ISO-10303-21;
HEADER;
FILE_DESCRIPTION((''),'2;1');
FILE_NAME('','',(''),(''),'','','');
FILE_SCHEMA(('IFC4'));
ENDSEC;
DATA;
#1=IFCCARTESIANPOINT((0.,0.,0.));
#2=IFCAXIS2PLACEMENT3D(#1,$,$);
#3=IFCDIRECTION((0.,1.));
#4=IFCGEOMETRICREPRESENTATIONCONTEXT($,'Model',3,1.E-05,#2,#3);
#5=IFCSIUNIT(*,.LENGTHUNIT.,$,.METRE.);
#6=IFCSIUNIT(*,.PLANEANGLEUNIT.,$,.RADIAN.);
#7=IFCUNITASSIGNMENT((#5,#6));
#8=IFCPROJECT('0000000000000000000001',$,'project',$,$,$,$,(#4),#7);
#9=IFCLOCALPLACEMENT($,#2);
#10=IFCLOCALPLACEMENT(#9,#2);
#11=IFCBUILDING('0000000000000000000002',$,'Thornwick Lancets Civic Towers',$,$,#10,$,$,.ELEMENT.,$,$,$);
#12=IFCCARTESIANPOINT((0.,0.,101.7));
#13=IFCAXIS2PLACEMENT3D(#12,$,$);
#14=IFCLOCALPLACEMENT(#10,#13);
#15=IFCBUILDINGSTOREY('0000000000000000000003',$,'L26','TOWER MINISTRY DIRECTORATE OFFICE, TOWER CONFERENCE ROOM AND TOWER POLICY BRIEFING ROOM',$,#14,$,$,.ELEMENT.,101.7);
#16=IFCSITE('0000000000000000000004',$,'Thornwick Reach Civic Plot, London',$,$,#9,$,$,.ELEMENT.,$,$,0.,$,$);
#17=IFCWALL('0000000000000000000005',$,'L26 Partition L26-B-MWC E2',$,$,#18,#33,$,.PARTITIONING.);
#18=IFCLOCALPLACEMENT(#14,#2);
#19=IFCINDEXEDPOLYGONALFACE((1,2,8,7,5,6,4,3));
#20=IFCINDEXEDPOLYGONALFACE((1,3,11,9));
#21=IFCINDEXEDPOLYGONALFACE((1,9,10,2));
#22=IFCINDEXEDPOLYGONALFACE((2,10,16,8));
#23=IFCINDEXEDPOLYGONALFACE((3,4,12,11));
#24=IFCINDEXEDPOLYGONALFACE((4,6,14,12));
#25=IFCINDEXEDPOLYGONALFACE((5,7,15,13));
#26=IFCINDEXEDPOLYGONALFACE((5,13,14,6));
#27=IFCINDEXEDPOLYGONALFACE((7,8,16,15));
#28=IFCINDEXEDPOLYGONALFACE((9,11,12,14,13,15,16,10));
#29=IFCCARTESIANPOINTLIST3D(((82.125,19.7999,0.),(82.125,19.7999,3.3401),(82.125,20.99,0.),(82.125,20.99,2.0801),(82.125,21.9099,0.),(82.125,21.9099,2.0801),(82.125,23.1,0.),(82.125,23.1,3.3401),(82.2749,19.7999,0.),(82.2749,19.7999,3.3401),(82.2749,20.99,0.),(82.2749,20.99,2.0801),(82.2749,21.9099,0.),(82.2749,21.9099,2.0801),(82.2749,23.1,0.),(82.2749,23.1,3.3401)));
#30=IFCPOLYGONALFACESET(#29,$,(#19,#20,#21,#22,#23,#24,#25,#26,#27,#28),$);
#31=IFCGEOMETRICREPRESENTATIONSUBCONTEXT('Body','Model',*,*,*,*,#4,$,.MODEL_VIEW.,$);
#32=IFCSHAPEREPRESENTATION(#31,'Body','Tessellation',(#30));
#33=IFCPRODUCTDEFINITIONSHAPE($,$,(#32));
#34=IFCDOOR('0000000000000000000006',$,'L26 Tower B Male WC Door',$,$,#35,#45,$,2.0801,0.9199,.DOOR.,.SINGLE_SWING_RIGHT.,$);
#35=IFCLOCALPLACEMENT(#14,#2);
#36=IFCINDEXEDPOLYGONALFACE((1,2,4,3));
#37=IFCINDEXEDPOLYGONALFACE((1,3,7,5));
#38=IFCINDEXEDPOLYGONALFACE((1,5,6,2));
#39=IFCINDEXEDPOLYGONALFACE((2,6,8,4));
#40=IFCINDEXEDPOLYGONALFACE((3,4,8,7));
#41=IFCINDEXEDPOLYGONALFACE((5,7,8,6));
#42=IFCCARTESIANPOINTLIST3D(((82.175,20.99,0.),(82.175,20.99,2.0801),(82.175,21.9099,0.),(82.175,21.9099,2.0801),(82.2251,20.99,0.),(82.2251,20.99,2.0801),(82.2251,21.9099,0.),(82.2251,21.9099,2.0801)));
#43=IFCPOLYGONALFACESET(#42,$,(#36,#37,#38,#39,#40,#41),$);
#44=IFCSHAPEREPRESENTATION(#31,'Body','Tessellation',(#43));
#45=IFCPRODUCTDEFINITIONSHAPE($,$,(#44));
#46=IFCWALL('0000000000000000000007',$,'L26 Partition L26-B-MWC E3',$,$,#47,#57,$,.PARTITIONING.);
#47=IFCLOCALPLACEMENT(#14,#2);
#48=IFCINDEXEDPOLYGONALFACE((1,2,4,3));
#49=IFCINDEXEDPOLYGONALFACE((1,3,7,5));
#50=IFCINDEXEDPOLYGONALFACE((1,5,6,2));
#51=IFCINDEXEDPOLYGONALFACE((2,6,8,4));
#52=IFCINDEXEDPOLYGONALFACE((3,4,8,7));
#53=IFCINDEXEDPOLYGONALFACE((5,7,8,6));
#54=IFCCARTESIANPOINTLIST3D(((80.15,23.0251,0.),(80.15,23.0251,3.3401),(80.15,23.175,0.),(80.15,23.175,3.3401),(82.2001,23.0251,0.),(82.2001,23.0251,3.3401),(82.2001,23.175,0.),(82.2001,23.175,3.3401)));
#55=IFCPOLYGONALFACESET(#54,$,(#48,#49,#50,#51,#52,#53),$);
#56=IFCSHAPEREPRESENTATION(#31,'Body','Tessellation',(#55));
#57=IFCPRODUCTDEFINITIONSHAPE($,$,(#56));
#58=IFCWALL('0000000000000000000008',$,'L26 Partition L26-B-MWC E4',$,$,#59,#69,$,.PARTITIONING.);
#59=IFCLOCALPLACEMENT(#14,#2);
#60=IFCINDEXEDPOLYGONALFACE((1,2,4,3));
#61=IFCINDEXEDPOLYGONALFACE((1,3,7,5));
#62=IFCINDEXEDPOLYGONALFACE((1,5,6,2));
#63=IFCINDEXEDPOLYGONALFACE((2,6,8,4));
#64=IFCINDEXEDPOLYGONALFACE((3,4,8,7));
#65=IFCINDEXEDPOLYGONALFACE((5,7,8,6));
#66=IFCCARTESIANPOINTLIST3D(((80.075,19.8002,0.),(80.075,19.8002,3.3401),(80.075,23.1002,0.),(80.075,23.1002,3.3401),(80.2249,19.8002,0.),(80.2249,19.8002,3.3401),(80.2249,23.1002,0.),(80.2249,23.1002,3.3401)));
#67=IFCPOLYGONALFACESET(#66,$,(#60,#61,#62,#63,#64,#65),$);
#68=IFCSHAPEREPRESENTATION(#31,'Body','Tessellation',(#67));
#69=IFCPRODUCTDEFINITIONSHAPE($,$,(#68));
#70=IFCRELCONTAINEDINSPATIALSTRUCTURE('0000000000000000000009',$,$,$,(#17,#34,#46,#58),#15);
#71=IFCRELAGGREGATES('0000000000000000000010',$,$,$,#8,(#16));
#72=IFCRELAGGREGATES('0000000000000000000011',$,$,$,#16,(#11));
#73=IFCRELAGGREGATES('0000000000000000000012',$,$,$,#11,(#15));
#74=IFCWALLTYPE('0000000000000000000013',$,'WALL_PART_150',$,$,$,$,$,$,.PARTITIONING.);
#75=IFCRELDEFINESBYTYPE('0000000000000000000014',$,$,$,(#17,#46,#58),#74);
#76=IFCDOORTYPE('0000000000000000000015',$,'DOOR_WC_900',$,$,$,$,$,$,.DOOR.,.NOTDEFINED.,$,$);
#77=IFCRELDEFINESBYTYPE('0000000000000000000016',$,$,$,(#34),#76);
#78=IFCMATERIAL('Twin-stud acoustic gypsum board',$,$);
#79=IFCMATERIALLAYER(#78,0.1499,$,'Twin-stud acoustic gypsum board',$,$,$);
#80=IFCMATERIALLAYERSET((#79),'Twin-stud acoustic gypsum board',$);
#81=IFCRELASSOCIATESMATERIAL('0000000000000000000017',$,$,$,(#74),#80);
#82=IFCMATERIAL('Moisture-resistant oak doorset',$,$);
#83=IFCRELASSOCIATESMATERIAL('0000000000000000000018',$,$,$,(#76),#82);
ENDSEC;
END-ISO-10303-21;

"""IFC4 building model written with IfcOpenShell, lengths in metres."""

from ifc_helpers import new_model, si_unit, direction, frame, frame_2d, origin, place, context, subcontext, project, spatial, rectangle, extrude, material, layer, layer_set, type_object, element, fill, save


model = new_model("IFC4")

# Units and contexts
model_context = context("Model", 3, precision=1e-05, world=origin(), true_north=direction((0.0, 1.0)))
body_context = subcontext(model_context, "Body", "Model", "MODEL_VIEW")
ifc_project = project(units=[si_unit("LENGTHUNIT", "METRE"), si_unit("PLANEANGLEUNIT", "RADIAN")], contexts=[model_context])

# Site, building, storey
site_placement = place(None, origin())
site = spatial("IfcSite", under=ifc_project, at=site_placement, Name="Thornwick Reach Civic Plot, London", CompositionType="ELEMENT", RefElevation=0.0)
building_placement = place(site_placement, origin())
building = spatial("IfcBuilding", under=site, at=building_placement, Name="Thornwick Lancets Civic Towers", CompositionType="ELEMENT")
storey_placement = place(building_placement, frame((0.0, 0.0, 101.7)))
storey = spatial("IfcBuildingStorey", under=building, at=storey_placement, Name="L26", Description="TOWER MINISTRY DIRECTORATE OFFICE, TOWER CONFERENCE ROOM AND TOWER POLICY BRIEFING ROOM", CompositionType="ELEMENT", Elevation=101.7)

# Wall, opening, door
ifc_material_1 = material(Name="Twin-stud acoustic gypsum board")
ifc_layer_1 = layer(ifc_material_1, 0.1499, Name="Twin-stud acoustic gypsum board")
ifc_layer_set_1 = layer_set([ifc_layer_1], Name="Twin-stud acoustic gypsum board")
wall_type_1 = type_object("IfcWallType", Name="WALL_PART_150", PredefinedType="PARTITIONING", material=ifc_layer_set_1)
wall_1_placement = place(storey_placement, frame((82.2, 19.8, 0.0), z_axis=(0.0, 0.0, 1.0), x_axis=(0.0, 1.0, 0.0)))
wall_1 = element("IfcWall", 1, at=wall_1_placement, inside=storey, type_object=wall_type_1, Name="L26 Partition L26-B-MWC E2", PredefinedType="PARTITIONING", context=body_context, shape_type="SweptSolid", body=[
    extrude(rectangle(XDim=3.3, YDim=0.1499, at=frame_2d((1.6499, 0.0))), origin(), (0.0, 0.0, 1.0), 3.3401),
])
opening_1_placement = place(wall_1_placement, frame((1.1899, 0.0, 0.0)))
opening_1 = element("IfcOpeningElement", 2, at=opening_1_placement, cuts=wall_1, PredefinedType="OPENING", context=body_context, shape_type="SweptSolid", body=[
    extrude(rectangle(XDim=0.9199, YDim=2.0801, at=frame_2d((0.46, 1.04))), frame((0.0, 0.085, 0.0), z_axis=(0.0, -1.0, 0.0), x_axis=(1.0, 0.0, 0.0)), (0.0, 0.0, 1.0), 0.1699),
])
ifc_material_2 = material(Name="Moisture-resistant oak doorset")
door_type_1 = type_object("IfcDoorType", Name="DOOR_WC_900", OperationType="NOTDEFINED", PredefinedType="DOOR", material=ifc_material_2)
door_1_placement = place(opening_1_placement, origin())
door_1 = element("IfcDoor", 3, at=door_1_placement, inside=storey, type_object=door_type_1, Name="L26 Tower B Male WC Door", OperationType="SINGLE_SWING_RIGHT", OverallHeight=2.0801, OverallWidth=0.9199, PredefinedType="DOOR", context=body_context, shape_type="SweptSolid", body=[
    extrude(rectangle(XDim=0.9199, YDim=2.0801, at=frame_2d((0.46, 1.04))), frame((0.0, 0.0249, 0.0), z_axis=(0.0, -1.0, 0.0), x_axis=(1.0, 0.0, 0.0)), (0.0, 0.0, 1.0), 0.05),
])
fill(opening_1, door_1)

# Walls
wall_2_placement = place(storey_placement, frame((82.2, 23.1001, 0.0), z_axis=(0.0, 0.0, 1.0), x_axis=(-1.0, 0.0, 0.0)))
element("IfcWall", 4, at=wall_2_placement, inside=storey, type_object=wall_type_1, Name="L26 Partition L26-B-MWC E3", PredefinedType="PARTITIONING", context=body_context, shape_type="SweptSolid", body=[
    extrude(rectangle(XDim=2.05, YDim=0.1499, at=frame_2d((1.0249, 0.0))), origin(), (0.0, 0.0, 1.0), 3.3401),
])
wall_3_placement = place(storey_placement, frame((80.1499, 23.1001, 0.0), z_axis=(0.0, 0.0, 1.0), x_axis=(0.0, -1.0, 0.0)))
element("IfcWall", 5, at=wall_3_placement, inside=storey, type_object=wall_type_1, Name="L26 Partition L26-B-MWC E4", PredefinedType="PARTITIONING", context=body_context, shape_type="SweptSolid", body=[
    extrude(rectangle(XDim=3.3, YDim=0.1499, at=frame_2d((1.6499, 0.0))), origin(), (0.0, 0.0, 1.0), 3.3401),
])

save(model, "model.ifc")
